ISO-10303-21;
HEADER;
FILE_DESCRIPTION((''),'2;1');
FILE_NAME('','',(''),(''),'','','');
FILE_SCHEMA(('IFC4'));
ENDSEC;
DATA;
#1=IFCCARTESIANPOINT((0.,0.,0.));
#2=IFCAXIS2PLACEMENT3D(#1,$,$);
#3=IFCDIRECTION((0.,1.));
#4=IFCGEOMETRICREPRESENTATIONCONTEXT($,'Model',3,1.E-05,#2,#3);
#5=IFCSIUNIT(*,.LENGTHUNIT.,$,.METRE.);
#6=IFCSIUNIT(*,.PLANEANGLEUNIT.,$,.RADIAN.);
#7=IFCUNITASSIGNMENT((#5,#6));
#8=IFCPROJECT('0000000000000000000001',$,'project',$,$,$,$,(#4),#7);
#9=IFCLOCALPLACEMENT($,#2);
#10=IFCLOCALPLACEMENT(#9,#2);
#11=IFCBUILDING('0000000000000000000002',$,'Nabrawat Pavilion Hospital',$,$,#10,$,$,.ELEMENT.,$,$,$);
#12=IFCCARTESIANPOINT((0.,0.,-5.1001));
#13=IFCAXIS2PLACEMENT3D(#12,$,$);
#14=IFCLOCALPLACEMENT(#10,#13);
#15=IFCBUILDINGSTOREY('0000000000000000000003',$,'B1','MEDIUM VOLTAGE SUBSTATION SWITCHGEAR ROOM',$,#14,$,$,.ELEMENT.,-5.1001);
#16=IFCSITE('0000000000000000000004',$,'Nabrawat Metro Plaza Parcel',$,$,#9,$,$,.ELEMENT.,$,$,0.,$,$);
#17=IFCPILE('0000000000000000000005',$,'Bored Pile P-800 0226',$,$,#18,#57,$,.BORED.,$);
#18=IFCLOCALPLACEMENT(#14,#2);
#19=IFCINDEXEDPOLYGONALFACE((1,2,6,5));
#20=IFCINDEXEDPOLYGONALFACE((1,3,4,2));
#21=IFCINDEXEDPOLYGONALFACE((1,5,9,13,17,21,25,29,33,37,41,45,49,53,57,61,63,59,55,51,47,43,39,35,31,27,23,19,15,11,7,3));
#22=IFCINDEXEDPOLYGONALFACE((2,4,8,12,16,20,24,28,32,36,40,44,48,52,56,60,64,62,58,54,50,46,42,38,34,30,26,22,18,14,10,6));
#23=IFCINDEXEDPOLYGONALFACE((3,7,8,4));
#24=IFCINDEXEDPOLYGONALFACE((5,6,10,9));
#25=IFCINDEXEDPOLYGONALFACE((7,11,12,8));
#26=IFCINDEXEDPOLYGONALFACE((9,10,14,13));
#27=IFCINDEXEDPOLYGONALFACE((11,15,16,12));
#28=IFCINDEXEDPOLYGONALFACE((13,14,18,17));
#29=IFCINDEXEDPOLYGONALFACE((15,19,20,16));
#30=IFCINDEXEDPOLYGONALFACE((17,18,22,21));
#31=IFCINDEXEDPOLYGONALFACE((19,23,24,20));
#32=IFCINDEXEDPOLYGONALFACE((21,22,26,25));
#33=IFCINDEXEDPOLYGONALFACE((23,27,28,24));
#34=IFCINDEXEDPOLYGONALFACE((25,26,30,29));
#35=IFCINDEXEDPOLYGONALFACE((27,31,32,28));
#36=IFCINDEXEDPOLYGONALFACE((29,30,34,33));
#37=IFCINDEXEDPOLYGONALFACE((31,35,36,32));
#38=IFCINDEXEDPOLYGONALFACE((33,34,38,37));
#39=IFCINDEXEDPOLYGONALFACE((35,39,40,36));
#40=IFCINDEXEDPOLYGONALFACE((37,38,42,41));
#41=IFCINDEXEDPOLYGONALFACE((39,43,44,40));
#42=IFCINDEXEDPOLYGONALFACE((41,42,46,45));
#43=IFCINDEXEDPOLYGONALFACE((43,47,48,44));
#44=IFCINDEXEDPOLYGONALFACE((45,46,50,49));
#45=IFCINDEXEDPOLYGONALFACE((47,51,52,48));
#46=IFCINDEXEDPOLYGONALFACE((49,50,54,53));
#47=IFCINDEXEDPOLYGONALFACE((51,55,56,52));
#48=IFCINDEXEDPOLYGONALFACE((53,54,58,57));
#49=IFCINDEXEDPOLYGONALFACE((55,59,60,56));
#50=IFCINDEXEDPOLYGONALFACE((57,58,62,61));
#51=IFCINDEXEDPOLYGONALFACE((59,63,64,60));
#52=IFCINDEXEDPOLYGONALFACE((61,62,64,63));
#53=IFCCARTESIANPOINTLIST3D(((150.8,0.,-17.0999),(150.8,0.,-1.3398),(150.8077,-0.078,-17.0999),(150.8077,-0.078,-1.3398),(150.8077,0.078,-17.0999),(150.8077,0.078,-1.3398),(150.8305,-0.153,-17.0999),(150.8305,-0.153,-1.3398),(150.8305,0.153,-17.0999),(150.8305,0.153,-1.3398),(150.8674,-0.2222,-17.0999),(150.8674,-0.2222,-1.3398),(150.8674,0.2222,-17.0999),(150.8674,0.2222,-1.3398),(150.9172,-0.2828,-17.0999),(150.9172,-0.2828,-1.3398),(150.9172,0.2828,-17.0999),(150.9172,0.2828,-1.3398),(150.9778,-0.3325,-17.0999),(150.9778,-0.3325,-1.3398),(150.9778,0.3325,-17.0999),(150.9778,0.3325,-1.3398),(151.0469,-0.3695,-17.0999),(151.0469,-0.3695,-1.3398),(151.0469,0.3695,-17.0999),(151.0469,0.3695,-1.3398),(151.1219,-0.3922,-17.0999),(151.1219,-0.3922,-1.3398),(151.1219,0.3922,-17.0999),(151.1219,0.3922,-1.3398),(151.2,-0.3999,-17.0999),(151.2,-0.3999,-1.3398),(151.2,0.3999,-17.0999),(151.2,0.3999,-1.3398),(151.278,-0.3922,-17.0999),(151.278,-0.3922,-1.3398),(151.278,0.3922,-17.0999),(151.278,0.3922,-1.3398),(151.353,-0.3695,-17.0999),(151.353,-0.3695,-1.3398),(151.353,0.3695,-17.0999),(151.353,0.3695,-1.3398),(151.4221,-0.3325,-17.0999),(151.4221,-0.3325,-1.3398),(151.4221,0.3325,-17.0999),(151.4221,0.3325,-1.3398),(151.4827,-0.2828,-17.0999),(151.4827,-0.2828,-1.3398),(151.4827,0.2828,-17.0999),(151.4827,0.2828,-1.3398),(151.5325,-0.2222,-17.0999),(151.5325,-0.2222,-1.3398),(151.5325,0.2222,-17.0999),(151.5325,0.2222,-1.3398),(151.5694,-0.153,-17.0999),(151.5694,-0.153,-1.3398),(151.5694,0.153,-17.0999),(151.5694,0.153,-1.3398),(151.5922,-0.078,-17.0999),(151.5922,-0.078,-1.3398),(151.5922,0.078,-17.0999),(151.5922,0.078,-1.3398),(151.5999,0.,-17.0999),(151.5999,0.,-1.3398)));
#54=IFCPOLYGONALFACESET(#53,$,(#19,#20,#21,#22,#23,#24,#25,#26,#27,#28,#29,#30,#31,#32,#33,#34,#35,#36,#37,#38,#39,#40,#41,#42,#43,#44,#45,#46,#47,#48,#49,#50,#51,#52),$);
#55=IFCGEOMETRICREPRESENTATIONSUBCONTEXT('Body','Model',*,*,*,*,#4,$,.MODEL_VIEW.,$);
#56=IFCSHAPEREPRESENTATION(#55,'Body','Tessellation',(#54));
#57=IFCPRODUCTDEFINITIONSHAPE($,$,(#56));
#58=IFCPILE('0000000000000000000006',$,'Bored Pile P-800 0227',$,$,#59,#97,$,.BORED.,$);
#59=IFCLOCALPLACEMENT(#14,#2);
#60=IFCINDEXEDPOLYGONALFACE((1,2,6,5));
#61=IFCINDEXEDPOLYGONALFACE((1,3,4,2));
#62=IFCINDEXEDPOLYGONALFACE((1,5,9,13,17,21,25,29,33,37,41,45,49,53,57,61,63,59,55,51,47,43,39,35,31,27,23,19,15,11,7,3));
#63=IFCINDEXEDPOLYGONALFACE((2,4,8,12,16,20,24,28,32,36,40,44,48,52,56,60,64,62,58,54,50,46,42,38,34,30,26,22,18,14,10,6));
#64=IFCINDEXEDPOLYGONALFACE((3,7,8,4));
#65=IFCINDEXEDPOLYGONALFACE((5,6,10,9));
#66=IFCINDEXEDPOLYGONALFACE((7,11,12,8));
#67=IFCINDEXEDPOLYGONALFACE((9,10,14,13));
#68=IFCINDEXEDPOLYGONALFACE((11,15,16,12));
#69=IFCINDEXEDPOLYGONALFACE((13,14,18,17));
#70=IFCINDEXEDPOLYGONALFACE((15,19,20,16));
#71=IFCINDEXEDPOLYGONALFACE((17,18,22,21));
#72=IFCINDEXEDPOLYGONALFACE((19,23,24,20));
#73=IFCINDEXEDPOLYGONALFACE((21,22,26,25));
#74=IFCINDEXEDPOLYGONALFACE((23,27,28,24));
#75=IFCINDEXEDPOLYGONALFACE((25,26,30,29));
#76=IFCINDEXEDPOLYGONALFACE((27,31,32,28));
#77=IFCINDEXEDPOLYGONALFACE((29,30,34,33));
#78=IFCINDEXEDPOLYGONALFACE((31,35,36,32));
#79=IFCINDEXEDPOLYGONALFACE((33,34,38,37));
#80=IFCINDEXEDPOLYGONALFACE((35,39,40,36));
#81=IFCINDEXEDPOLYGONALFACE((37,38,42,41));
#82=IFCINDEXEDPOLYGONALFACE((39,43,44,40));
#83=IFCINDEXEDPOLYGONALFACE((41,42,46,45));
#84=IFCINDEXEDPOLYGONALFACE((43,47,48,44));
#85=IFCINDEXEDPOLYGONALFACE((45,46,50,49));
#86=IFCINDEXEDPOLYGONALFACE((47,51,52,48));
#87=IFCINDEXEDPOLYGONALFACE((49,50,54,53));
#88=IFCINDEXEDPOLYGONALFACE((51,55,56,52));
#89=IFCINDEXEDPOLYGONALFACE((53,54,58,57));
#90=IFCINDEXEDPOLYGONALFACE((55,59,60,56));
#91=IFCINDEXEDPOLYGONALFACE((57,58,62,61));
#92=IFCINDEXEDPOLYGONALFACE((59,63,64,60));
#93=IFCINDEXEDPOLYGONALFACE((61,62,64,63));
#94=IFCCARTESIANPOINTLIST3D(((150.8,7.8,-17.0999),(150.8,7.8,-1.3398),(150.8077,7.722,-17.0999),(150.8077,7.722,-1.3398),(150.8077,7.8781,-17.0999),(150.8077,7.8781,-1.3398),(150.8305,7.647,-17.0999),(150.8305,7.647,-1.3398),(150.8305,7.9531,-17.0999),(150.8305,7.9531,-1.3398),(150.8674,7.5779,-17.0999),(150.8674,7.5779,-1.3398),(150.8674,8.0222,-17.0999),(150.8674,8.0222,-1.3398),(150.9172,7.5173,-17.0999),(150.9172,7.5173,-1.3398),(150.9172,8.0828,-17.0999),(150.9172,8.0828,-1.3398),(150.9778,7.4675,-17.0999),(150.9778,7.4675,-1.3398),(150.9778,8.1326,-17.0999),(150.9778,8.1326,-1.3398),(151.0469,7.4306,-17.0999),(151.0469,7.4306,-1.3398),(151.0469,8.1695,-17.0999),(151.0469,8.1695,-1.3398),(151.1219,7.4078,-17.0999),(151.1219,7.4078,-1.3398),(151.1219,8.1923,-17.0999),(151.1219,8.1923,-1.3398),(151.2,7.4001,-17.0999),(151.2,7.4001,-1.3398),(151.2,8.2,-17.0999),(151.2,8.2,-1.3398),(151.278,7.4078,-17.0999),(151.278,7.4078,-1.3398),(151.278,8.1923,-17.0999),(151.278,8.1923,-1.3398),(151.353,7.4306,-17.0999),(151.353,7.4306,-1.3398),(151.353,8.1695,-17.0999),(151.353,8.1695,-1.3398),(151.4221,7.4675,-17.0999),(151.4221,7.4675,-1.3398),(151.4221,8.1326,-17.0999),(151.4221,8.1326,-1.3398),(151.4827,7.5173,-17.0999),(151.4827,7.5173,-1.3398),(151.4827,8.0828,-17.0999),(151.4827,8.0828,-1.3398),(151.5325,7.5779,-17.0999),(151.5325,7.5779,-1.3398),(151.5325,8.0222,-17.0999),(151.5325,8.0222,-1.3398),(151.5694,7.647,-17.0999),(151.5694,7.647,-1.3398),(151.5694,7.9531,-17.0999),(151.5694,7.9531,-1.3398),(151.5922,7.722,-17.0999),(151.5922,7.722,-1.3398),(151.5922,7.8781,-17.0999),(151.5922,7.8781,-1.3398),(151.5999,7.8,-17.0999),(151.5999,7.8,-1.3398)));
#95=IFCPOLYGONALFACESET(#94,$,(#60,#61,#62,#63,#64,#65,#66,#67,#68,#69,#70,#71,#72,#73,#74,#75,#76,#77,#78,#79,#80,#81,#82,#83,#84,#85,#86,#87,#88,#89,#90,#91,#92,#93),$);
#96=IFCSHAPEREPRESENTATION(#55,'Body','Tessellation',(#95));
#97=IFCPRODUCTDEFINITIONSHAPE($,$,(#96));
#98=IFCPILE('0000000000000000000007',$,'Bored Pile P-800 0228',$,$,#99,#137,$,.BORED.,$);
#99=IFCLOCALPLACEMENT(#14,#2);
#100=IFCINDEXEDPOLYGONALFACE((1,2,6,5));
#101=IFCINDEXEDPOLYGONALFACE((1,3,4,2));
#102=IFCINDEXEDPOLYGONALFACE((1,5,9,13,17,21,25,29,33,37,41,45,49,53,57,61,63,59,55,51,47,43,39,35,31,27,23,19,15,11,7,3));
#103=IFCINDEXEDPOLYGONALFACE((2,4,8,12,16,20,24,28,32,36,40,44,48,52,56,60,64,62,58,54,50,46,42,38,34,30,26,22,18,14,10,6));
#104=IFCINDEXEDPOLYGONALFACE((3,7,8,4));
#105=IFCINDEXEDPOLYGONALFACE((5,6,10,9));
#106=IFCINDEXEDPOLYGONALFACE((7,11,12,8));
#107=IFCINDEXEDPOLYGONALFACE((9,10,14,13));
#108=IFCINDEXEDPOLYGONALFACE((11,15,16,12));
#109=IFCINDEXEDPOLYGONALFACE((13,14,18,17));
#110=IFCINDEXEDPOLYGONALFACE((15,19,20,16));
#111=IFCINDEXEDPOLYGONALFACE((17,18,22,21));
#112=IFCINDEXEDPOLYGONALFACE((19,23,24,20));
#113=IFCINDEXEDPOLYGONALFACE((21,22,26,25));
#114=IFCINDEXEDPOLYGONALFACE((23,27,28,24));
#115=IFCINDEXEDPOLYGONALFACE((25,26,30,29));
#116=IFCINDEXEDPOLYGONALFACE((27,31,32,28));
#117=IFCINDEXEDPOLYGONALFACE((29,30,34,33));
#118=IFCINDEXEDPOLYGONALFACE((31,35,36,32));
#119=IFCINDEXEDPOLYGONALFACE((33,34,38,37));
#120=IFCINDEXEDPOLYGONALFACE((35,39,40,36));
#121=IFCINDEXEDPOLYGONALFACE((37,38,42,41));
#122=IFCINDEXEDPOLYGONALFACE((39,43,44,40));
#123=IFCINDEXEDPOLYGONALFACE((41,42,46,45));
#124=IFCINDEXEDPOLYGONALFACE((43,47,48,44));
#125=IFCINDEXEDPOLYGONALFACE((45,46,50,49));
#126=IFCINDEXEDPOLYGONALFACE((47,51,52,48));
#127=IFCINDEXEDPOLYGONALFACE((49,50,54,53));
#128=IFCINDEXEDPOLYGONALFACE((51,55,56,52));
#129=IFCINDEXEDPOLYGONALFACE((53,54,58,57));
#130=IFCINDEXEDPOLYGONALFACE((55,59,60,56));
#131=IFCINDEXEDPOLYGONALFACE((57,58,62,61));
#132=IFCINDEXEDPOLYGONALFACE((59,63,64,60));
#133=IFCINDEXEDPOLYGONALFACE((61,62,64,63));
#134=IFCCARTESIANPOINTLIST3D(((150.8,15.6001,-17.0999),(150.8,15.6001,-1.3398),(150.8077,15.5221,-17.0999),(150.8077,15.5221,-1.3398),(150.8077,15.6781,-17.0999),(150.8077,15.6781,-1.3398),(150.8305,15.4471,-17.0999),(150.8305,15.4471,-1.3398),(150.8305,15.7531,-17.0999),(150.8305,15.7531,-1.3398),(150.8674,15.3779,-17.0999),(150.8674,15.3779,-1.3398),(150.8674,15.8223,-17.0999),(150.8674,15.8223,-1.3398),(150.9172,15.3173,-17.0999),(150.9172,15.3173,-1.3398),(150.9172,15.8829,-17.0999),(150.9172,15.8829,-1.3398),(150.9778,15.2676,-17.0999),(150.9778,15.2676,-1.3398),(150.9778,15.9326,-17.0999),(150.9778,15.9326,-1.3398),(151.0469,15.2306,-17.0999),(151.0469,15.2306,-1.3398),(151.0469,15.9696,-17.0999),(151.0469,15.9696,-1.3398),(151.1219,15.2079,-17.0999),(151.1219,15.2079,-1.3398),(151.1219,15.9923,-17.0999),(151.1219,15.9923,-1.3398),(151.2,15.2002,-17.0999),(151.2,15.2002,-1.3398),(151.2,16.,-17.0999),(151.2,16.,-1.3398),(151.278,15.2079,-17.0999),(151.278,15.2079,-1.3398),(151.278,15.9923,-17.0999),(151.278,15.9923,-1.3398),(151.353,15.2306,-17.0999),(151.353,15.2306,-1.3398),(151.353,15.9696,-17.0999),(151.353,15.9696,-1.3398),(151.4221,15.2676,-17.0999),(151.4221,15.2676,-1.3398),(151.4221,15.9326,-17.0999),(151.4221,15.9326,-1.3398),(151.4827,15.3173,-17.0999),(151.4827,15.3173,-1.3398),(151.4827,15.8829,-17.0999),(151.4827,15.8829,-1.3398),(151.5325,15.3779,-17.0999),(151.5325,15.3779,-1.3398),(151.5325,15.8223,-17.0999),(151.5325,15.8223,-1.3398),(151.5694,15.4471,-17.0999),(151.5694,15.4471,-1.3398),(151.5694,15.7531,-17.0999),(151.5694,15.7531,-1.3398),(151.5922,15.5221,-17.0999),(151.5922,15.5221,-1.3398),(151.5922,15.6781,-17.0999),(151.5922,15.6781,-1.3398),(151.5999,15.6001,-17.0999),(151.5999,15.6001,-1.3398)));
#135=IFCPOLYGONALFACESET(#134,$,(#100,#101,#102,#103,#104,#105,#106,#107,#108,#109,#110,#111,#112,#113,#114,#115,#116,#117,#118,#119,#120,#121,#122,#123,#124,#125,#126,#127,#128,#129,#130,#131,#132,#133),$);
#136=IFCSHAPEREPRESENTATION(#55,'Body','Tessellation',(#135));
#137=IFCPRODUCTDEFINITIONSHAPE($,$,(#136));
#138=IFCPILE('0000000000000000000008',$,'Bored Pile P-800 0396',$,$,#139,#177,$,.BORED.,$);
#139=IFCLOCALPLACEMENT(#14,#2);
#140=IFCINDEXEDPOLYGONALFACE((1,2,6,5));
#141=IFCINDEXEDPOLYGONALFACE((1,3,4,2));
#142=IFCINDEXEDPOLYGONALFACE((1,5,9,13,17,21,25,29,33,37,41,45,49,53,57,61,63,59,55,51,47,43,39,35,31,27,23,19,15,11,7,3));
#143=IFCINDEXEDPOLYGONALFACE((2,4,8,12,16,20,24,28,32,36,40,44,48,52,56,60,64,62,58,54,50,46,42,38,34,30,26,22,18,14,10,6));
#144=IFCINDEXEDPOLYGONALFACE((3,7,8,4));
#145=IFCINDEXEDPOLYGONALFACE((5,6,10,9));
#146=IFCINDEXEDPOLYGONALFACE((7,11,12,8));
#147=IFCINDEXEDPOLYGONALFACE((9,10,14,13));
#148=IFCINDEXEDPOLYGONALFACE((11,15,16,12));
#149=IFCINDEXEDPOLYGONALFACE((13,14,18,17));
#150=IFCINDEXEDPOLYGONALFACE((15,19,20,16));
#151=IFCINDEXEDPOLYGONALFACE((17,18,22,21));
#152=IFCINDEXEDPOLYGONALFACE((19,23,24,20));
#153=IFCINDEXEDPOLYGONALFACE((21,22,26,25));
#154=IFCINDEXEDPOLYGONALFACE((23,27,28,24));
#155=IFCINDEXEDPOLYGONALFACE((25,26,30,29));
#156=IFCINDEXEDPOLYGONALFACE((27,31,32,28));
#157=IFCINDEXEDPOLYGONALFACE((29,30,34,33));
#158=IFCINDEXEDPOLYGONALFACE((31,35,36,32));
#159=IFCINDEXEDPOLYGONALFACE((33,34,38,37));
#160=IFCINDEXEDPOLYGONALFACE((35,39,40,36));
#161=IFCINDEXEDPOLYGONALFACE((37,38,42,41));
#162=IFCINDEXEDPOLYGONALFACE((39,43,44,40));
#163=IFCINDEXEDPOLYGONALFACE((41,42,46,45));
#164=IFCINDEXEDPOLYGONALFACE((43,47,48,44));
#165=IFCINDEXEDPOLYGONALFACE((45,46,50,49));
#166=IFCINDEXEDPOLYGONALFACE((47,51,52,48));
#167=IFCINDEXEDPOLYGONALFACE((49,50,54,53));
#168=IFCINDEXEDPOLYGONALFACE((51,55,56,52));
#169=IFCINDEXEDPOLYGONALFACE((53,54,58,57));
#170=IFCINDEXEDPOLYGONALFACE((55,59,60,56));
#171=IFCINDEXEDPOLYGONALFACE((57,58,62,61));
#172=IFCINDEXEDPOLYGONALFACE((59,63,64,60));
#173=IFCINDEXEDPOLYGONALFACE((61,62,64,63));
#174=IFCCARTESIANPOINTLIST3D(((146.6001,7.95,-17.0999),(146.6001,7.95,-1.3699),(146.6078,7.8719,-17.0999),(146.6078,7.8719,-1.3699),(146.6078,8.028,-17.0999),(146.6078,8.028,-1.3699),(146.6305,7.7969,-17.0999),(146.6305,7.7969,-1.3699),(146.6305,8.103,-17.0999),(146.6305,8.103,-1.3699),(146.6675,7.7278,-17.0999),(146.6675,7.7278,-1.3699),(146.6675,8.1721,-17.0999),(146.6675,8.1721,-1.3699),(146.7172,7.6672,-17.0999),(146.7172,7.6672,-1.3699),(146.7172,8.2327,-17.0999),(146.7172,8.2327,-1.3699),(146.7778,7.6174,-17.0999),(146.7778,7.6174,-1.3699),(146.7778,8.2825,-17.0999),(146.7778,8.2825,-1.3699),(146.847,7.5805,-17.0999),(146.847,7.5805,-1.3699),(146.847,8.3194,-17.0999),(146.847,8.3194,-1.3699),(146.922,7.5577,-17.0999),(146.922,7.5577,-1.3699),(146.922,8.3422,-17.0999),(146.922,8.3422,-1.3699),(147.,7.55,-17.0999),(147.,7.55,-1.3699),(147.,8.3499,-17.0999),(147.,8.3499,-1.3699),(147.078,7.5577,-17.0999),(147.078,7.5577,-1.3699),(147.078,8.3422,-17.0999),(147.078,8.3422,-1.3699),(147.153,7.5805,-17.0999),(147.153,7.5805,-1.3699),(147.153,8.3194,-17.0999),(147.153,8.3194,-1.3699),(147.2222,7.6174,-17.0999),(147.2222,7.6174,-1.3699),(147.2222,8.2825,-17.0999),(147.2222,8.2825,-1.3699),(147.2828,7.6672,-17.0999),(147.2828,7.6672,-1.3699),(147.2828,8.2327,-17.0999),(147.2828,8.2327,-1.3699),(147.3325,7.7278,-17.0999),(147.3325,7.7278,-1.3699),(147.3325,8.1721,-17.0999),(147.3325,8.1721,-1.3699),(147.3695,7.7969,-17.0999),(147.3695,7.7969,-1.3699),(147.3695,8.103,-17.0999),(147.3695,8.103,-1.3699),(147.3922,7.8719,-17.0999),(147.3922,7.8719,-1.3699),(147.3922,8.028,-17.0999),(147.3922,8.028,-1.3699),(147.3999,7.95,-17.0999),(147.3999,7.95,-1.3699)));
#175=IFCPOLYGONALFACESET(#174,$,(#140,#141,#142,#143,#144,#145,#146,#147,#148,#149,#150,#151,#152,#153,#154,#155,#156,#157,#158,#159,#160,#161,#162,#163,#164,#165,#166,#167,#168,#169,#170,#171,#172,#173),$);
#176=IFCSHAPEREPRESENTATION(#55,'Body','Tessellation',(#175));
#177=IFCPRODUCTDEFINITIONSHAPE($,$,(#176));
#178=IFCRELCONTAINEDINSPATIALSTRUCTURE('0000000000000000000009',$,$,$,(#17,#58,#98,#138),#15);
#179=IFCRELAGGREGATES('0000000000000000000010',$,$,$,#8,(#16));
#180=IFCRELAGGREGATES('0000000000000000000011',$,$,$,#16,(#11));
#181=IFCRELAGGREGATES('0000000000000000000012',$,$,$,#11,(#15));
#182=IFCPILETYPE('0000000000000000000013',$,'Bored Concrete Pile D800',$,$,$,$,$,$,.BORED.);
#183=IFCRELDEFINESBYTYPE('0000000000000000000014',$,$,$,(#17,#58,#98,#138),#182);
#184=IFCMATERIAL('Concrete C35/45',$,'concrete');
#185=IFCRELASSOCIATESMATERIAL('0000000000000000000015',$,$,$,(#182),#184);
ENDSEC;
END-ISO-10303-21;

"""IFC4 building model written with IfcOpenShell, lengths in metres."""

from ifc_helpers import new_model, si_unit, direction, frame, origin, origin_2d, place, context, subcontext, project, spatial, circle, extrude, material, material_profile, profile_set, type_object, element, save


model = new_model("IFC4")

# Units and contexts
model_context = context("Model", 3, precision=1e-05, world=origin(), true_north=direction((0.0, 1.0)))
body_context = subcontext(model_context, "Body", "Model", "MODEL_VIEW")
ifc_project = project(units=[si_unit("LENGTHUNIT", "METRE"), si_unit("PLANEANGLEUNIT", "RADIAN")], contexts=[model_context])

# Site, building, storey
site_placement = place(None, origin())
site = spatial("IfcSite", under=ifc_project, at=site_placement, Name="Nabrawat Metro Plaza Parcel", CompositionType="ELEMENT", RefElevation=0.0)
building_placement = place(site_placement, origin())
building = spatial("IfcBuilding", under=site, at=building_placement, Name="Nabrawat Pavilion Hospital", CompositionType="ELEMENT")
storey_placement = place(building_placement, frame((0.0, 0.0, -5.1001)))
storey = spatial("IfcBuildingStorey", under=building, at=storey_placement, Name="B1", Description="MEDIUM VOLTAGE SUBSTATION SWITCHGEAR ROOM", CompositionType="ELEMENT", Elevation=-5.1001)

# Piles
ifc_material_1 = material(Name="Concrete C35/45", Category="concrete")
ifc_material_profile_1 = material_profile(ifc_material_1, circle(Radius=0.3999, at=origin_2d()), Name="DIA 800")
ifc_profile_set_1 = profile_set([ifc_material_profile_1], Name="Concrete C35/45")
pile_type = type_object("IfcPileType", Name="Bored Concrete Pile D800", PredefinedType="BORED", material=ifc_profile_set_1)
for number, where, z_axis, x_axis, name in (
    (1, (151.2, 0.0, -1.3398), (0.0, 0.0, -1.0), (1.0, 0.0, 0.0), "Bored Pile P-800 0226"),
    (2, (151.2, 7.8, -1.3398), (0.0, 0.0, -1.0), (1.0, 0.0, 0.0), "Bored Pile P-800 0227"),
    (3, (151.2, 15.6001, -1.3398), (0.0, 0.0, -1.0), (1.0, 0.0, 0.0), "Bored Pile P-800 0228"),
):
    element("IfcPile", number, at=place(storey_placement, frame(where, z_axis=z_axis, x_axis=x_axis)), inside=storey, type_object=pile_type, Name=name, PredefinedType="BORED", context=body_context, shape_type="SweptSolid", body=[
        extrude(circle(Radius=0.3999, at=origin_2d()), origin(), (0.0, 0.0, 1.0), 15.76),
    ])
for number, where, z_axis, x_axis, name in (
    (4, (147.0, 7.95, -1.3699), (0.0, 0.0, -1.0), (1.0, 0.0, 0.0), "Bored Pile P-800 0396"),
):
    element("IfcPile", number, at=place(storey_placement, frame(where, z_axis=z_axis, x_axis=x_axis)), inside=storey, type_object=pile_type, Name=name, PredefinedType="BORED", context=body_context, shape_type="SweptSolid", body=[
        extrude(circle(Radius=0.3999, at=origin_2d()), origin(), (0.0, 0.0, 1.0), 15.73),
    ])

save(model, "model.ifc")
